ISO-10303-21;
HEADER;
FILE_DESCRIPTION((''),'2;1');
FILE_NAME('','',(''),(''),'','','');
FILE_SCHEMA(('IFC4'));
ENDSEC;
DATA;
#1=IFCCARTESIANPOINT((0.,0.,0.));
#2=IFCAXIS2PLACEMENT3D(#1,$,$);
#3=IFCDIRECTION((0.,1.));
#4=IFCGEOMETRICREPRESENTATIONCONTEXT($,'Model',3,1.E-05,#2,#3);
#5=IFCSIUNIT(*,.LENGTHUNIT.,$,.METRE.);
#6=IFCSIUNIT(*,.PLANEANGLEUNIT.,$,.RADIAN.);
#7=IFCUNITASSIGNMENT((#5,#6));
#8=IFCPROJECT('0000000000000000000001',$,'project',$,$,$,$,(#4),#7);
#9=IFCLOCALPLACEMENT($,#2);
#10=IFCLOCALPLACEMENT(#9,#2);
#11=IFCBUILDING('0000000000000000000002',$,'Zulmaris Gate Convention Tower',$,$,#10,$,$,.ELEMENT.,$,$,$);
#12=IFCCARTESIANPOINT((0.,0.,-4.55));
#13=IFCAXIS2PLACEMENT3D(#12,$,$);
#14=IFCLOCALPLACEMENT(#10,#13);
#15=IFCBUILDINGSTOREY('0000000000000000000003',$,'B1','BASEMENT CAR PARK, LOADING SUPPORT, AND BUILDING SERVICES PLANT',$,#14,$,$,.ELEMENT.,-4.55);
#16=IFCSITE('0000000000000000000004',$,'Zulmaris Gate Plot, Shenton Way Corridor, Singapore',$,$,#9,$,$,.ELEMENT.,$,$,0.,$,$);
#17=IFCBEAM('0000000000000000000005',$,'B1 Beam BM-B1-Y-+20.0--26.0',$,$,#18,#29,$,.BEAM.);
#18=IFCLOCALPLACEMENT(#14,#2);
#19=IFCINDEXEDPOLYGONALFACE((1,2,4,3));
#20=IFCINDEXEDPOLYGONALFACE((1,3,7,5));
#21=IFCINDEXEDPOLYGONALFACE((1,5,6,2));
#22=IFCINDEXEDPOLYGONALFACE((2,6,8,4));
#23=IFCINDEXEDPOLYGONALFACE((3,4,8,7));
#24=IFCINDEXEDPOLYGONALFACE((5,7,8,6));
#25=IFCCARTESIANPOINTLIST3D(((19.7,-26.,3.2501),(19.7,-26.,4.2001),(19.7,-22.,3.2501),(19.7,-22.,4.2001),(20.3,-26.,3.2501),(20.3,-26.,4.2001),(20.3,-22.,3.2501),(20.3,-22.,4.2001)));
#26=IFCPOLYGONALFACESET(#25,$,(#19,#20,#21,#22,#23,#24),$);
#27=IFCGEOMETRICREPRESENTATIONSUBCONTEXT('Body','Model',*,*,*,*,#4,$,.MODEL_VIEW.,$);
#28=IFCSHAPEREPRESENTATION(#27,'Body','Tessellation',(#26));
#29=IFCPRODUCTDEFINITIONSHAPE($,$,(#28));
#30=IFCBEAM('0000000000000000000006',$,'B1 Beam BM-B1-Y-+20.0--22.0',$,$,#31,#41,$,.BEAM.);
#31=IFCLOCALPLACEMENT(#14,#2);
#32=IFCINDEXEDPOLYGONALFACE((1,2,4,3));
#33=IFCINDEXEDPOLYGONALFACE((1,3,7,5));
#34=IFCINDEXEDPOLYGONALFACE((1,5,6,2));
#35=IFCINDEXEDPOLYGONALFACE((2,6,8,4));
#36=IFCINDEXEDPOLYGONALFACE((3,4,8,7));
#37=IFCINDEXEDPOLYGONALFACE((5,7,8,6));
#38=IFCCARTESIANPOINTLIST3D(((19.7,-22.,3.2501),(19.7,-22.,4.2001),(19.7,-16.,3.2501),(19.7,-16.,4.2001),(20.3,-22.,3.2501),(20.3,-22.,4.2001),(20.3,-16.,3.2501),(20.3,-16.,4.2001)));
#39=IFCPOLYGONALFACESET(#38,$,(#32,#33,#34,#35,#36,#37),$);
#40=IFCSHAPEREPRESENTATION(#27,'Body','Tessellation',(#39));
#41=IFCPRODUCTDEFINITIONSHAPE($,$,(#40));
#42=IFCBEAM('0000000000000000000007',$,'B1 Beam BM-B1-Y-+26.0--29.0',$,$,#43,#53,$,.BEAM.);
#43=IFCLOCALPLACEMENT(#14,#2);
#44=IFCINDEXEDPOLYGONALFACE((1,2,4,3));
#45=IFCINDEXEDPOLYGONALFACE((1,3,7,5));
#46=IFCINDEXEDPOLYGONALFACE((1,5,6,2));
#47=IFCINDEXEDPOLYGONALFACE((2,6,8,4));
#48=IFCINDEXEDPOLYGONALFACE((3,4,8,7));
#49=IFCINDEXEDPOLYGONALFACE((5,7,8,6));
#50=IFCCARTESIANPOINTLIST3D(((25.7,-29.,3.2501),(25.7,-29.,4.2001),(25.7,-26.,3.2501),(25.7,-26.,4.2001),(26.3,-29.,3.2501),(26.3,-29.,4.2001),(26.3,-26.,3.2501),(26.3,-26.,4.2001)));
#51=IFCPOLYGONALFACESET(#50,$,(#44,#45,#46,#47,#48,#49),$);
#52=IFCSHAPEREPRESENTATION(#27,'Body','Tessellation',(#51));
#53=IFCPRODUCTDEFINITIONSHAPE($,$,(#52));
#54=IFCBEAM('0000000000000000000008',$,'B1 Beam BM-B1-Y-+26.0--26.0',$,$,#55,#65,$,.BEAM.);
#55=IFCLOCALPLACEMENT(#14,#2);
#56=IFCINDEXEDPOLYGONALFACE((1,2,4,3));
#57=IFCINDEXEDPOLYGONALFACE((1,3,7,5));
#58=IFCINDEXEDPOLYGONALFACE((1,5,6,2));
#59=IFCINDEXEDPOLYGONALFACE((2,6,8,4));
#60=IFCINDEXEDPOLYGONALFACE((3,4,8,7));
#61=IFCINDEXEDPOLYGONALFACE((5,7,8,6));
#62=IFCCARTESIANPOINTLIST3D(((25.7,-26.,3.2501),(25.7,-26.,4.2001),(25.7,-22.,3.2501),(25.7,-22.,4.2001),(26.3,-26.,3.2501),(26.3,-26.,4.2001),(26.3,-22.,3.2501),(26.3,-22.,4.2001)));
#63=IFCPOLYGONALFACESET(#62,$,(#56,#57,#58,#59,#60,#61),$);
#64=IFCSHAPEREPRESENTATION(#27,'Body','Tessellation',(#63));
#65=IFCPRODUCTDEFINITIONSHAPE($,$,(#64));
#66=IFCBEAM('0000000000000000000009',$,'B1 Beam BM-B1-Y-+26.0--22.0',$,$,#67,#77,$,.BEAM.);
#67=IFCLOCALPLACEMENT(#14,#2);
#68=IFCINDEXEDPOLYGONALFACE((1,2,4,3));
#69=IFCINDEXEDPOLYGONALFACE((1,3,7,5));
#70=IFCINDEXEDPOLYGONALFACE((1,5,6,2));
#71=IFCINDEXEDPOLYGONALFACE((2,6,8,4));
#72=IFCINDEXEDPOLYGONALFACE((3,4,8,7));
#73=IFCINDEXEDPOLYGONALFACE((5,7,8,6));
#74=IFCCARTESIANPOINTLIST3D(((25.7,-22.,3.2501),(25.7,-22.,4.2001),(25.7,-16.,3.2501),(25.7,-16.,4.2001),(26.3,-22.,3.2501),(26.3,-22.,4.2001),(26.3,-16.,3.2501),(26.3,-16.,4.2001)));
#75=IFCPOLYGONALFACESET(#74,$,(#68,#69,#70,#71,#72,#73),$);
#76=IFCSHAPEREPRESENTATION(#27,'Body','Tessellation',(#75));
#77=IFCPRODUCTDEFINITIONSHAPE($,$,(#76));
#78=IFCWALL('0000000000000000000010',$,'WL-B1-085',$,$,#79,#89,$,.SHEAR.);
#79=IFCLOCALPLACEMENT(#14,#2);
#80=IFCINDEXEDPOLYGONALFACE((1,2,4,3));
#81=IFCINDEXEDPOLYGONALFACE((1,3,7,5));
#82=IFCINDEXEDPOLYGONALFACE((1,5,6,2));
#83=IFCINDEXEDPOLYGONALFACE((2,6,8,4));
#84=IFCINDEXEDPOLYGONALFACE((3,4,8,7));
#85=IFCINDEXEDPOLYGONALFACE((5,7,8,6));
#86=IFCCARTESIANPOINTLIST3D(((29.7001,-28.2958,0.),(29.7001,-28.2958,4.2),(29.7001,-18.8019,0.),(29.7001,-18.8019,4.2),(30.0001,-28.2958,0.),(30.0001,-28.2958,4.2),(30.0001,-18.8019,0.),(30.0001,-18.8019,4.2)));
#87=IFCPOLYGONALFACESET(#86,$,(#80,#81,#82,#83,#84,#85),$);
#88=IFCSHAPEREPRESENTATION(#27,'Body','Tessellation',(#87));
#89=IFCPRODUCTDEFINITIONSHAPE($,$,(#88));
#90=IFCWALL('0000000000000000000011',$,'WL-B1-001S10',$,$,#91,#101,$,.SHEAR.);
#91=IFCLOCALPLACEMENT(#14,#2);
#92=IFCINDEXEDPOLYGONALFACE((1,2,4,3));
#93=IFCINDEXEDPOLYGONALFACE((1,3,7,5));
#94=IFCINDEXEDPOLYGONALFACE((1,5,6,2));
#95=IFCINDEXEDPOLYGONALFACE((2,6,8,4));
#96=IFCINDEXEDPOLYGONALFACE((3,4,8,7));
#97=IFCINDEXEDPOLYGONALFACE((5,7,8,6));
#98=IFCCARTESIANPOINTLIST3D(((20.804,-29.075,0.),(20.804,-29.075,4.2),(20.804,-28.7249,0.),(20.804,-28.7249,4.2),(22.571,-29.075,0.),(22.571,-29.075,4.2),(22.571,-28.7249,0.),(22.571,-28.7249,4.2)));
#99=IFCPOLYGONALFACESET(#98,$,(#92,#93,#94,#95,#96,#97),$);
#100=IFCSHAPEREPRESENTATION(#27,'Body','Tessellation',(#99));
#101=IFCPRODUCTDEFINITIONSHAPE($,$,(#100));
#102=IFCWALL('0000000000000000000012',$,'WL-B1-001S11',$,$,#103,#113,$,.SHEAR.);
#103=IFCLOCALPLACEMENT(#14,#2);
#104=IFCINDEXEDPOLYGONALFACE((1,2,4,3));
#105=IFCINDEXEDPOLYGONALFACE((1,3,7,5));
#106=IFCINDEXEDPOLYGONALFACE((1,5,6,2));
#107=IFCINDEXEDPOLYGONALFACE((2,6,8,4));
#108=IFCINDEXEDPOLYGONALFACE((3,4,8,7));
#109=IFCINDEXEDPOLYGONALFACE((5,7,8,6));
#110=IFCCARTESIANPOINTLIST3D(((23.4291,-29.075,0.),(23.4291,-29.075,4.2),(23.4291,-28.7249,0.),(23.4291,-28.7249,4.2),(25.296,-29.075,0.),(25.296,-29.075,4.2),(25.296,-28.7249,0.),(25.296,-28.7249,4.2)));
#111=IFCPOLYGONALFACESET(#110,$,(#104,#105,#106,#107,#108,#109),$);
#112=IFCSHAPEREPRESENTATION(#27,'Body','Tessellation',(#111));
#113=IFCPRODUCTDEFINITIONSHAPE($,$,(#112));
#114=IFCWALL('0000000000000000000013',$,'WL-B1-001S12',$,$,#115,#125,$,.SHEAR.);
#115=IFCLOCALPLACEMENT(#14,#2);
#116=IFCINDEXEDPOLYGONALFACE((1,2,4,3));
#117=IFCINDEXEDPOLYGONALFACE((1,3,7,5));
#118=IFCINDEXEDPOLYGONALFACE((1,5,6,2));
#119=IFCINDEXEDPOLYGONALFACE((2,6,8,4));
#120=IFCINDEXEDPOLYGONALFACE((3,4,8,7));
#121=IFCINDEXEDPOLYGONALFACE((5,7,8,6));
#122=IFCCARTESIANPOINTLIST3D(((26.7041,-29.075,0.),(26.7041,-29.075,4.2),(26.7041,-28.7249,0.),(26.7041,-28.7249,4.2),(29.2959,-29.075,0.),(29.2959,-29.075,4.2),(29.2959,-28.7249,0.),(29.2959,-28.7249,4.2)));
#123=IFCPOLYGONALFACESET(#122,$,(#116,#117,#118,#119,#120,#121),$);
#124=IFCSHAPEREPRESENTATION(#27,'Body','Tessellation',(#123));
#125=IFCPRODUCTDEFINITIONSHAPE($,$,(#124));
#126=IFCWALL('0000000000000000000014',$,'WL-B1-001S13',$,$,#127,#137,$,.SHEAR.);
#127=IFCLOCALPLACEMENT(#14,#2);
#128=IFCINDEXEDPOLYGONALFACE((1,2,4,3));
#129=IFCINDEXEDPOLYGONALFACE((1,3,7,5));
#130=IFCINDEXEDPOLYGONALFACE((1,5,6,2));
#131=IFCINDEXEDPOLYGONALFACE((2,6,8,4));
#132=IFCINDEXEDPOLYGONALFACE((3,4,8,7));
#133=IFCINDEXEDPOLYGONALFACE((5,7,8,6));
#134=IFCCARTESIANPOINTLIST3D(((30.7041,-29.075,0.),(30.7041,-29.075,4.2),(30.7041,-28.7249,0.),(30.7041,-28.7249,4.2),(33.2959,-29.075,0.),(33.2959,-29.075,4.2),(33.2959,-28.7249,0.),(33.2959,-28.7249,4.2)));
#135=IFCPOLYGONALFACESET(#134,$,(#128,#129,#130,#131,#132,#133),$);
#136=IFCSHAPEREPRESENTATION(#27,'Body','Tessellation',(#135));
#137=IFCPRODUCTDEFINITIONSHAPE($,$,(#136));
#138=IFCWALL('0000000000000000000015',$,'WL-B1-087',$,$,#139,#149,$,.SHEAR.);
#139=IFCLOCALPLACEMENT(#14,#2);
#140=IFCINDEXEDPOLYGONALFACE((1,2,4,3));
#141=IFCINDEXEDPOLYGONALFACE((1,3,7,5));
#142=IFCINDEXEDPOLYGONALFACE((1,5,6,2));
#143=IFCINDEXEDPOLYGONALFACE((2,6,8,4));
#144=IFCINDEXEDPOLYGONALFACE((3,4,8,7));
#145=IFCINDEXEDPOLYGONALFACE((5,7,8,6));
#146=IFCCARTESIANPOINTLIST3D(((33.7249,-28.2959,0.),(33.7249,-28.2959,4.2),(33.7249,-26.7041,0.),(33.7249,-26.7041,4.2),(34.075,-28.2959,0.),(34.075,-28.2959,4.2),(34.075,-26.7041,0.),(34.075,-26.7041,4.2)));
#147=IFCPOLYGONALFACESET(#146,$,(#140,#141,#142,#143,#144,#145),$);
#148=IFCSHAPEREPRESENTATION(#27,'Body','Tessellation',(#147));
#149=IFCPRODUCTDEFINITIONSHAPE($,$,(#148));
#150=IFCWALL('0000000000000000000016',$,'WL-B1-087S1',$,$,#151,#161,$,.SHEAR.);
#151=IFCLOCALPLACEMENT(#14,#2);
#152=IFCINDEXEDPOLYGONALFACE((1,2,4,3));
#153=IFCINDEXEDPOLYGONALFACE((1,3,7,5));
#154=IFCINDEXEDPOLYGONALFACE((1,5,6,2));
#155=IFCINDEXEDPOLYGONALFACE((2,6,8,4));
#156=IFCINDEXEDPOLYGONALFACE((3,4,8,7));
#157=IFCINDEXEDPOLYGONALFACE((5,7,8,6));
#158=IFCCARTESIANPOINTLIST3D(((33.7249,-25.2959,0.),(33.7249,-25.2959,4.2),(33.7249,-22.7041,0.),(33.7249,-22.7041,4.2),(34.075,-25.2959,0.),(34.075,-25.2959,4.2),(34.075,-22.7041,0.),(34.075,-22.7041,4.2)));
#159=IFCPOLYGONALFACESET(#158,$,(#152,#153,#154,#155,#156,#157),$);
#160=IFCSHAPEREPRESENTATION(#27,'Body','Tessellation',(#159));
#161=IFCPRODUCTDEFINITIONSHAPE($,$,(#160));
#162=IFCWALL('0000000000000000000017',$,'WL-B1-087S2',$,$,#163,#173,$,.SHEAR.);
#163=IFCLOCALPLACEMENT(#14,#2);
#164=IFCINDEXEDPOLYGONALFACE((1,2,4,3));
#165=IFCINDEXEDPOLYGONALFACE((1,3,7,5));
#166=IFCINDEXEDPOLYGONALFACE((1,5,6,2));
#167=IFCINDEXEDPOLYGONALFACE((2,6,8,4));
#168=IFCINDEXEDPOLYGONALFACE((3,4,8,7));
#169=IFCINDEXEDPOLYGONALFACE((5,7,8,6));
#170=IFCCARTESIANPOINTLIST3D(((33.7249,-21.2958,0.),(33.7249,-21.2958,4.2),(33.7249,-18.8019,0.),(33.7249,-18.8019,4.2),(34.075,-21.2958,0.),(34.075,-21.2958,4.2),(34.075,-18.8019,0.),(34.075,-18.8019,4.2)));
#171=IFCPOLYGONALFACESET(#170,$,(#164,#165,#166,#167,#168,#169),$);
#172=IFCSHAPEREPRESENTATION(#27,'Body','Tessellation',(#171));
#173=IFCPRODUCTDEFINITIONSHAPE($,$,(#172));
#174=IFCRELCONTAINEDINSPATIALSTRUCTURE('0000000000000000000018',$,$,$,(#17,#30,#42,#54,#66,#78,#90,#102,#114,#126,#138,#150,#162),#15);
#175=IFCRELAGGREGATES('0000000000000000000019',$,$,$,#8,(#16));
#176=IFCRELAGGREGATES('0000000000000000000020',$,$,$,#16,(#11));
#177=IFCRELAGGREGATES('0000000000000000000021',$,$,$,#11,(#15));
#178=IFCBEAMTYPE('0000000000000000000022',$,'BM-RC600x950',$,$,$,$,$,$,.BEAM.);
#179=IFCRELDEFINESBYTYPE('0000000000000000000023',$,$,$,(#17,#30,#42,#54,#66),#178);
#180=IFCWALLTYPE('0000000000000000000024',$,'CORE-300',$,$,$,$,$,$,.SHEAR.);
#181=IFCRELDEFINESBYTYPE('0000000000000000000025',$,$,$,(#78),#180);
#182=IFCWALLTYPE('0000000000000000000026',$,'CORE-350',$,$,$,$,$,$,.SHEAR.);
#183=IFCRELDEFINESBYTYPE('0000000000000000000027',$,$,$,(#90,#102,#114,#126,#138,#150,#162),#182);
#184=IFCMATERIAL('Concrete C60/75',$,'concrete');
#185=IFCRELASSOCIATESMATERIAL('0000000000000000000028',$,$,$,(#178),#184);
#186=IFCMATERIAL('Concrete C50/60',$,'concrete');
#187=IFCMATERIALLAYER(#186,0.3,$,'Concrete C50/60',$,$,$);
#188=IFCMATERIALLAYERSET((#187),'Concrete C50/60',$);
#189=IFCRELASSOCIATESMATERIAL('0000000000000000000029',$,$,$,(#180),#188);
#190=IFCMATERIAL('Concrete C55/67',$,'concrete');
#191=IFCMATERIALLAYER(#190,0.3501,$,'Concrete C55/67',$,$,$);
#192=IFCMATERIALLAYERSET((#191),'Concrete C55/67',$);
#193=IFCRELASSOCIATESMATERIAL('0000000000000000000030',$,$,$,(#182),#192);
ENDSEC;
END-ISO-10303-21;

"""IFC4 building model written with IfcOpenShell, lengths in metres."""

from ifc_helpers import new_model, si_unit, direction, frame, frame_2d, origin, origin_2d, place, context, subcontext, project, spatial, rectangle, extrude, material, layer, layer_set, material_profile, profile_set, type_object, element, save


model = new_model("IFC4")

# Units and contexts
model_context = context("Model", 3, precision=1e-05, world=origin(), true_north=direction((0.0, 1.0)))
body_context = subcontext(model_context, "Body", "Model", "MODEL_VIEW")
ifc_project = project(units=[si_unit("LENGTHUNIT", "METRE"), si_unit("PLANEANGLEUNIT", "RADIAN")], contexts=[model_context])

# Site, building, storey
site_placement = place(None, origin())
site = spatial("IfcSite", under=ifc_project, at=site_placement, Name="Zulmaris Gate Plot, Shenton Way Corridor, Singapore", CompositionType="ELEMENT", RefElevation=0.0)
building_placement = place(site_placement, origin())
building = spatial("IfcBuilding", under=site, at=building_placement, Name="Zulmaris Gate Convention Tower", CompositionType="ELEMENT")
storey_placement = place(building_placement, frame((0.0, 0.0, -4.55)))
storey = spatial("IfcBuildingStorey", under=building, at=storey_placement, Name="B1", Description="BASEMENT CAR PARK, LOADING SUPPORT, AND BUILDING SERVICES PLANT", CompositionType="ELEMENT", Elevation=-4.55)

# Beams
ifc_material_1 = material(Name="Concrete C60/75", Category="concrete")
ifc_material_profile_1 = material_profile(ifc_material_1, rectangle(XDim=0.6001, YDim=0.95, at=origin_2d()), Name="RC BEAM 600x950")
ifc_profile_set_1 = profile_set([ifc_material_profile_1], Name="Concrete C60/75")
beam_type = type_object("IfcBeamType", Name="BM-RC600x950", PredefinedType="BEAM", material=ifc_profile_set_1)
beam_1_placement = place(storey_placement, frame((20.0, -26.0, 3.7251), z_axis=(0.0, 1.0, 0.0), x_axis=(-1.0, 0.0, 0.0)))
element("IfcBeam", 1, at=beam_1_placement, inside=storey, type_object=beam_type, Name="B1 Beam BM-B1-Y-+20.0--26.0", PredefinedType="BEAM", context=body_context, shape_type="SweptSolid", body=[
    extrude(rectangle(XDim=0.6001, YDim=0.95, at=origin_2d()), origin(), (0.0, 0.0, 1.0), 4.0),
])
beam_2_placement = place(storey_placement, frame((20.0, -22.0, 3.7251), z_axis=(0.0, 1.0, 0.0), x_axis=(-1.0, 0.0, 0.0)))
element("IfcBeam", 2, at=beam_2_placement, inside=storey, type_object=beam_type, Name="B1 Beam BM-B1-Y-+20.0--22.0", PredefinedType="BEAM", context=body_context, shape_type="SweptSolid", body=[
    extrude(rectangle(XDim=0.6001, YDim=0.95, at=origin_2d()), origin(), (0.0, 0.0, 1.0), 6.0),
])
beam_3_placement = place(storey_placement, frame((26.0, -29.0, 3.7251), z_axis=(0.0, 1.0, 0.0), x_axis=(-1.0, 0.0, 0.0)))
element("IfcBeam", 3, at=beam_3_placement, inside=storey, type_object=beam_type, Name="B1 Beam BM-B1-Y-+26.0--29.0", PredefinedType="BEAM", context=body_context, shape_type="SweptSolid", body=[
    extrude(rectangle(XDim=0.6001, YDim=0.95, at=origin_2d()), origin(), (0.0, 0.0, 1.0), 3.0),
])
beam_4_placement = place(storey_placement, frame((26.0, -26.0, 3.7251), z_axis=(0.0, 1.0, 0.0), x_axis=(-1.0, 0.0, 0.0)))
element("IfcBeam", 4, at=beam_4_placement, inside=storey, type_object=beam_type, Name="B1 Beam BM-B1-Y-+26.0--26.0", PredefinedType="BEAM", context=body_context, shape_type="SweptSolid", body=[
    extrude(rectangle(XDim=0.6001, YDim=0.95, at=origin_2d()), origin(), (0.0, 0.0, 1.0), 4.0),
])
beam_5_placement = place(storey_placement, frame((26.0, -22.0, 3.7251), z_axis=(0.0, 1.0, 0.0), x_axis=(-1.0, 0.0, 0.0)))
element("IfcBeam", 5, at=beam_5_placement, inside=storey, type_object=beam_type, Name="B1 Beam BM-B1-Y-+26.0--22.0", PredefinedType="BEAM", context=body_context, shape_type="SweptSolid", body=[
    extrude(rectangle(XDim=0.6001, YDim=0.95, at=origin_2d()), origin(), (0.0, 0.0, 1.0), 6.0),
])

# Walls
ifc_material_2 = material(Name="Concrete C50/60", Category="concrete")
ifc_layer_1 = layer(ifc_material_2, 0.3, Name="Concrete C50/60")
ifc_layer_set_1 = layer_set([ifc_layer_1], Name="Concrete C50/60")
wall_type_1 = type_object("IfcWallType", Name="CORE-300", PredefinedType="SHEAR", material=ifc_layer_set_1)
wall_1_placement = place(storey_placement, frame((29.8501, -28.2959, 0.0), z_axis=(0.0, 0.0, 1.0), x_axis=(0.0, 1.0, 0.0)))
element("IfcWall", 6, at=wall_1_placement, inside=storey, type_object=wall_type_1, Name="WL-B1-085", PredefinedType="SHEAR", context=body_context, shape_type="SweptSolid", body=[
    extrude(rectangle(XDim=9.4939, YDim=0.3, at=frame_2d((4.7471, 0.0))), origin(), (0.0, 0.0, 1.0), 4.2),
])
ifc_material_3 = material(Name="Concrete C55/67", Category="concrete")
ifc_layer_2 = layer(ifc_material_3, 0.3501, Name="Concrete C55/67")
ifc_layer_set_2 = layer_set([ifc_layer_2], Name="Concrete C55/67")
wall_type_2 = type_object("IfcWallType", Name="CORE-350", PredefinedType="SHEAR", material=ifc_layer_set_2)
wall_2_placement = place(storey_placement, frame((20.804, -28.8999, 0.0), z_axis=(0.0, 0.0, 1.0), x_axis=(1.0, 0.0, 0.0)))
element("IfcWall", 7, at=wall_2_placement, inside=storey, type_object=wall_type_2, Name="WL-B1-001S10", PredefinedType="SHEAR", context=body_context, shape_type="SweptSolid", body=[
    extrude(rectangle(XDim=1.7671, YDim=0.3501, at=frame_2d((0.8835, 0.0))), origin(), (0.0, 0.0, 1.0), 4.2),
])
wall_3_placement = place(storey_placement, frame((23.429, -28.8999, 0.0), z_axis=(0.0, 0.0, 1.0), x_axis=(1.0, 0.0, 0.0)))
element("IfcWall", 8, at=wall_3_placement, inside=storey, type_object=wall_type_2, Name="WL-B1-001S11", PredefinedType="SHEAR", context=body_context, shape_type="SweptSolid", body=[
    extrude(rectangle(XDim=1.8669, YDim=0.3501, at=frame_2d((0.9336, 0.0))), origin(), (0.0, 0.0, 1.0), 4.2),
])
for number, where, z_axis, x_axis, name in (
    (9, (26.7041, -28.8999, 0.0), (0.0, 0.0, 1.0), (1.0, 0.0, 0.0), "WL-B1-001S12"),
    (10, (30.7041, -28.8999, 0.0), (0.0, 0.0, 1.0), (1.0, 0.0, 0.0), "WL-B1-001S13"),
):
    element("IfcWall", number, at=place(storey_placement, frame(where, z_axis=z_axis, x_axis=x_axis)), inside=storey, type_object=wall_type_2, Name=name, PredefinedType="SHEAR", context=body_context, shape_type="SweptSolid", body=[
        extrude(rectangle(XDim=2.5918, YDim=0.3501, at=frame_2d((1.2959, 0.0))), origin(), (0.0, 0.0, 1.0), 4.2),
    ])
wall_4_placement = place(storey_placement, frame((33.8999, -28.2959, 0.0), z_axis=(0.0, 0.0, 1.0), x_axis=(0.0, 1.0, 0.0)))
element("IfcWall", 11, at=wall_4_placement, inside=storey, type_object=wall_type_2, Name="WL-B1-087", PredefinedType="SHEAR", context=body_context, shape_type="SweptSolid", body=[
    extrude(rectangle(XDim=1.5918, YDim=0.3501, at=frame_2d((0.7959, 0.0))), origin(), (0.0, 0.0, 1.0), 4.2),
])
wall_5_placement = place(storey_placement, frame((33.8999, -25.2959, 0.0), z_axis=(0.0, 0.0, 1.0), x_axis=(0.0, 1.0, 0.0)))
element("IfcWall", 12, at=wall_5_placement, inside=storey, type_object=wall_type_2, Name="WL-B1-087S1", PredefinedType="SHEAR", context=body_context, shape_type="SweptSolid", body=[
    extrude(rectangle(XDim=2.5918, YDim=0.3501, at=frame_2d((1.2959, 0.0))), origin(), (0.0, 0.0, 1.0), 4.2),
])
wall_6_placement = place(storey_placement, frame((33.8999, -21.2959, 0.0), z_axis=(0.0, 0.0, 1.0), x_axis=(0.0, 1.0, 0.0)))
element("IfcWall", 13, at=wall_6_placement, inside=storey, type_object=wall_type_2, Name="WL-B1-087S2", PredefinedType="SHEAR", context=body_context, shape_type="SweptSolid", body=[
    extrude(rectangle(XDim=2.4939, YDim=0.3501, at=frame_2d((1.2471, 0.0))), origin(), (0.0, 0.0, 1.0), 4.2),
])

save(model, "model.ifc")
